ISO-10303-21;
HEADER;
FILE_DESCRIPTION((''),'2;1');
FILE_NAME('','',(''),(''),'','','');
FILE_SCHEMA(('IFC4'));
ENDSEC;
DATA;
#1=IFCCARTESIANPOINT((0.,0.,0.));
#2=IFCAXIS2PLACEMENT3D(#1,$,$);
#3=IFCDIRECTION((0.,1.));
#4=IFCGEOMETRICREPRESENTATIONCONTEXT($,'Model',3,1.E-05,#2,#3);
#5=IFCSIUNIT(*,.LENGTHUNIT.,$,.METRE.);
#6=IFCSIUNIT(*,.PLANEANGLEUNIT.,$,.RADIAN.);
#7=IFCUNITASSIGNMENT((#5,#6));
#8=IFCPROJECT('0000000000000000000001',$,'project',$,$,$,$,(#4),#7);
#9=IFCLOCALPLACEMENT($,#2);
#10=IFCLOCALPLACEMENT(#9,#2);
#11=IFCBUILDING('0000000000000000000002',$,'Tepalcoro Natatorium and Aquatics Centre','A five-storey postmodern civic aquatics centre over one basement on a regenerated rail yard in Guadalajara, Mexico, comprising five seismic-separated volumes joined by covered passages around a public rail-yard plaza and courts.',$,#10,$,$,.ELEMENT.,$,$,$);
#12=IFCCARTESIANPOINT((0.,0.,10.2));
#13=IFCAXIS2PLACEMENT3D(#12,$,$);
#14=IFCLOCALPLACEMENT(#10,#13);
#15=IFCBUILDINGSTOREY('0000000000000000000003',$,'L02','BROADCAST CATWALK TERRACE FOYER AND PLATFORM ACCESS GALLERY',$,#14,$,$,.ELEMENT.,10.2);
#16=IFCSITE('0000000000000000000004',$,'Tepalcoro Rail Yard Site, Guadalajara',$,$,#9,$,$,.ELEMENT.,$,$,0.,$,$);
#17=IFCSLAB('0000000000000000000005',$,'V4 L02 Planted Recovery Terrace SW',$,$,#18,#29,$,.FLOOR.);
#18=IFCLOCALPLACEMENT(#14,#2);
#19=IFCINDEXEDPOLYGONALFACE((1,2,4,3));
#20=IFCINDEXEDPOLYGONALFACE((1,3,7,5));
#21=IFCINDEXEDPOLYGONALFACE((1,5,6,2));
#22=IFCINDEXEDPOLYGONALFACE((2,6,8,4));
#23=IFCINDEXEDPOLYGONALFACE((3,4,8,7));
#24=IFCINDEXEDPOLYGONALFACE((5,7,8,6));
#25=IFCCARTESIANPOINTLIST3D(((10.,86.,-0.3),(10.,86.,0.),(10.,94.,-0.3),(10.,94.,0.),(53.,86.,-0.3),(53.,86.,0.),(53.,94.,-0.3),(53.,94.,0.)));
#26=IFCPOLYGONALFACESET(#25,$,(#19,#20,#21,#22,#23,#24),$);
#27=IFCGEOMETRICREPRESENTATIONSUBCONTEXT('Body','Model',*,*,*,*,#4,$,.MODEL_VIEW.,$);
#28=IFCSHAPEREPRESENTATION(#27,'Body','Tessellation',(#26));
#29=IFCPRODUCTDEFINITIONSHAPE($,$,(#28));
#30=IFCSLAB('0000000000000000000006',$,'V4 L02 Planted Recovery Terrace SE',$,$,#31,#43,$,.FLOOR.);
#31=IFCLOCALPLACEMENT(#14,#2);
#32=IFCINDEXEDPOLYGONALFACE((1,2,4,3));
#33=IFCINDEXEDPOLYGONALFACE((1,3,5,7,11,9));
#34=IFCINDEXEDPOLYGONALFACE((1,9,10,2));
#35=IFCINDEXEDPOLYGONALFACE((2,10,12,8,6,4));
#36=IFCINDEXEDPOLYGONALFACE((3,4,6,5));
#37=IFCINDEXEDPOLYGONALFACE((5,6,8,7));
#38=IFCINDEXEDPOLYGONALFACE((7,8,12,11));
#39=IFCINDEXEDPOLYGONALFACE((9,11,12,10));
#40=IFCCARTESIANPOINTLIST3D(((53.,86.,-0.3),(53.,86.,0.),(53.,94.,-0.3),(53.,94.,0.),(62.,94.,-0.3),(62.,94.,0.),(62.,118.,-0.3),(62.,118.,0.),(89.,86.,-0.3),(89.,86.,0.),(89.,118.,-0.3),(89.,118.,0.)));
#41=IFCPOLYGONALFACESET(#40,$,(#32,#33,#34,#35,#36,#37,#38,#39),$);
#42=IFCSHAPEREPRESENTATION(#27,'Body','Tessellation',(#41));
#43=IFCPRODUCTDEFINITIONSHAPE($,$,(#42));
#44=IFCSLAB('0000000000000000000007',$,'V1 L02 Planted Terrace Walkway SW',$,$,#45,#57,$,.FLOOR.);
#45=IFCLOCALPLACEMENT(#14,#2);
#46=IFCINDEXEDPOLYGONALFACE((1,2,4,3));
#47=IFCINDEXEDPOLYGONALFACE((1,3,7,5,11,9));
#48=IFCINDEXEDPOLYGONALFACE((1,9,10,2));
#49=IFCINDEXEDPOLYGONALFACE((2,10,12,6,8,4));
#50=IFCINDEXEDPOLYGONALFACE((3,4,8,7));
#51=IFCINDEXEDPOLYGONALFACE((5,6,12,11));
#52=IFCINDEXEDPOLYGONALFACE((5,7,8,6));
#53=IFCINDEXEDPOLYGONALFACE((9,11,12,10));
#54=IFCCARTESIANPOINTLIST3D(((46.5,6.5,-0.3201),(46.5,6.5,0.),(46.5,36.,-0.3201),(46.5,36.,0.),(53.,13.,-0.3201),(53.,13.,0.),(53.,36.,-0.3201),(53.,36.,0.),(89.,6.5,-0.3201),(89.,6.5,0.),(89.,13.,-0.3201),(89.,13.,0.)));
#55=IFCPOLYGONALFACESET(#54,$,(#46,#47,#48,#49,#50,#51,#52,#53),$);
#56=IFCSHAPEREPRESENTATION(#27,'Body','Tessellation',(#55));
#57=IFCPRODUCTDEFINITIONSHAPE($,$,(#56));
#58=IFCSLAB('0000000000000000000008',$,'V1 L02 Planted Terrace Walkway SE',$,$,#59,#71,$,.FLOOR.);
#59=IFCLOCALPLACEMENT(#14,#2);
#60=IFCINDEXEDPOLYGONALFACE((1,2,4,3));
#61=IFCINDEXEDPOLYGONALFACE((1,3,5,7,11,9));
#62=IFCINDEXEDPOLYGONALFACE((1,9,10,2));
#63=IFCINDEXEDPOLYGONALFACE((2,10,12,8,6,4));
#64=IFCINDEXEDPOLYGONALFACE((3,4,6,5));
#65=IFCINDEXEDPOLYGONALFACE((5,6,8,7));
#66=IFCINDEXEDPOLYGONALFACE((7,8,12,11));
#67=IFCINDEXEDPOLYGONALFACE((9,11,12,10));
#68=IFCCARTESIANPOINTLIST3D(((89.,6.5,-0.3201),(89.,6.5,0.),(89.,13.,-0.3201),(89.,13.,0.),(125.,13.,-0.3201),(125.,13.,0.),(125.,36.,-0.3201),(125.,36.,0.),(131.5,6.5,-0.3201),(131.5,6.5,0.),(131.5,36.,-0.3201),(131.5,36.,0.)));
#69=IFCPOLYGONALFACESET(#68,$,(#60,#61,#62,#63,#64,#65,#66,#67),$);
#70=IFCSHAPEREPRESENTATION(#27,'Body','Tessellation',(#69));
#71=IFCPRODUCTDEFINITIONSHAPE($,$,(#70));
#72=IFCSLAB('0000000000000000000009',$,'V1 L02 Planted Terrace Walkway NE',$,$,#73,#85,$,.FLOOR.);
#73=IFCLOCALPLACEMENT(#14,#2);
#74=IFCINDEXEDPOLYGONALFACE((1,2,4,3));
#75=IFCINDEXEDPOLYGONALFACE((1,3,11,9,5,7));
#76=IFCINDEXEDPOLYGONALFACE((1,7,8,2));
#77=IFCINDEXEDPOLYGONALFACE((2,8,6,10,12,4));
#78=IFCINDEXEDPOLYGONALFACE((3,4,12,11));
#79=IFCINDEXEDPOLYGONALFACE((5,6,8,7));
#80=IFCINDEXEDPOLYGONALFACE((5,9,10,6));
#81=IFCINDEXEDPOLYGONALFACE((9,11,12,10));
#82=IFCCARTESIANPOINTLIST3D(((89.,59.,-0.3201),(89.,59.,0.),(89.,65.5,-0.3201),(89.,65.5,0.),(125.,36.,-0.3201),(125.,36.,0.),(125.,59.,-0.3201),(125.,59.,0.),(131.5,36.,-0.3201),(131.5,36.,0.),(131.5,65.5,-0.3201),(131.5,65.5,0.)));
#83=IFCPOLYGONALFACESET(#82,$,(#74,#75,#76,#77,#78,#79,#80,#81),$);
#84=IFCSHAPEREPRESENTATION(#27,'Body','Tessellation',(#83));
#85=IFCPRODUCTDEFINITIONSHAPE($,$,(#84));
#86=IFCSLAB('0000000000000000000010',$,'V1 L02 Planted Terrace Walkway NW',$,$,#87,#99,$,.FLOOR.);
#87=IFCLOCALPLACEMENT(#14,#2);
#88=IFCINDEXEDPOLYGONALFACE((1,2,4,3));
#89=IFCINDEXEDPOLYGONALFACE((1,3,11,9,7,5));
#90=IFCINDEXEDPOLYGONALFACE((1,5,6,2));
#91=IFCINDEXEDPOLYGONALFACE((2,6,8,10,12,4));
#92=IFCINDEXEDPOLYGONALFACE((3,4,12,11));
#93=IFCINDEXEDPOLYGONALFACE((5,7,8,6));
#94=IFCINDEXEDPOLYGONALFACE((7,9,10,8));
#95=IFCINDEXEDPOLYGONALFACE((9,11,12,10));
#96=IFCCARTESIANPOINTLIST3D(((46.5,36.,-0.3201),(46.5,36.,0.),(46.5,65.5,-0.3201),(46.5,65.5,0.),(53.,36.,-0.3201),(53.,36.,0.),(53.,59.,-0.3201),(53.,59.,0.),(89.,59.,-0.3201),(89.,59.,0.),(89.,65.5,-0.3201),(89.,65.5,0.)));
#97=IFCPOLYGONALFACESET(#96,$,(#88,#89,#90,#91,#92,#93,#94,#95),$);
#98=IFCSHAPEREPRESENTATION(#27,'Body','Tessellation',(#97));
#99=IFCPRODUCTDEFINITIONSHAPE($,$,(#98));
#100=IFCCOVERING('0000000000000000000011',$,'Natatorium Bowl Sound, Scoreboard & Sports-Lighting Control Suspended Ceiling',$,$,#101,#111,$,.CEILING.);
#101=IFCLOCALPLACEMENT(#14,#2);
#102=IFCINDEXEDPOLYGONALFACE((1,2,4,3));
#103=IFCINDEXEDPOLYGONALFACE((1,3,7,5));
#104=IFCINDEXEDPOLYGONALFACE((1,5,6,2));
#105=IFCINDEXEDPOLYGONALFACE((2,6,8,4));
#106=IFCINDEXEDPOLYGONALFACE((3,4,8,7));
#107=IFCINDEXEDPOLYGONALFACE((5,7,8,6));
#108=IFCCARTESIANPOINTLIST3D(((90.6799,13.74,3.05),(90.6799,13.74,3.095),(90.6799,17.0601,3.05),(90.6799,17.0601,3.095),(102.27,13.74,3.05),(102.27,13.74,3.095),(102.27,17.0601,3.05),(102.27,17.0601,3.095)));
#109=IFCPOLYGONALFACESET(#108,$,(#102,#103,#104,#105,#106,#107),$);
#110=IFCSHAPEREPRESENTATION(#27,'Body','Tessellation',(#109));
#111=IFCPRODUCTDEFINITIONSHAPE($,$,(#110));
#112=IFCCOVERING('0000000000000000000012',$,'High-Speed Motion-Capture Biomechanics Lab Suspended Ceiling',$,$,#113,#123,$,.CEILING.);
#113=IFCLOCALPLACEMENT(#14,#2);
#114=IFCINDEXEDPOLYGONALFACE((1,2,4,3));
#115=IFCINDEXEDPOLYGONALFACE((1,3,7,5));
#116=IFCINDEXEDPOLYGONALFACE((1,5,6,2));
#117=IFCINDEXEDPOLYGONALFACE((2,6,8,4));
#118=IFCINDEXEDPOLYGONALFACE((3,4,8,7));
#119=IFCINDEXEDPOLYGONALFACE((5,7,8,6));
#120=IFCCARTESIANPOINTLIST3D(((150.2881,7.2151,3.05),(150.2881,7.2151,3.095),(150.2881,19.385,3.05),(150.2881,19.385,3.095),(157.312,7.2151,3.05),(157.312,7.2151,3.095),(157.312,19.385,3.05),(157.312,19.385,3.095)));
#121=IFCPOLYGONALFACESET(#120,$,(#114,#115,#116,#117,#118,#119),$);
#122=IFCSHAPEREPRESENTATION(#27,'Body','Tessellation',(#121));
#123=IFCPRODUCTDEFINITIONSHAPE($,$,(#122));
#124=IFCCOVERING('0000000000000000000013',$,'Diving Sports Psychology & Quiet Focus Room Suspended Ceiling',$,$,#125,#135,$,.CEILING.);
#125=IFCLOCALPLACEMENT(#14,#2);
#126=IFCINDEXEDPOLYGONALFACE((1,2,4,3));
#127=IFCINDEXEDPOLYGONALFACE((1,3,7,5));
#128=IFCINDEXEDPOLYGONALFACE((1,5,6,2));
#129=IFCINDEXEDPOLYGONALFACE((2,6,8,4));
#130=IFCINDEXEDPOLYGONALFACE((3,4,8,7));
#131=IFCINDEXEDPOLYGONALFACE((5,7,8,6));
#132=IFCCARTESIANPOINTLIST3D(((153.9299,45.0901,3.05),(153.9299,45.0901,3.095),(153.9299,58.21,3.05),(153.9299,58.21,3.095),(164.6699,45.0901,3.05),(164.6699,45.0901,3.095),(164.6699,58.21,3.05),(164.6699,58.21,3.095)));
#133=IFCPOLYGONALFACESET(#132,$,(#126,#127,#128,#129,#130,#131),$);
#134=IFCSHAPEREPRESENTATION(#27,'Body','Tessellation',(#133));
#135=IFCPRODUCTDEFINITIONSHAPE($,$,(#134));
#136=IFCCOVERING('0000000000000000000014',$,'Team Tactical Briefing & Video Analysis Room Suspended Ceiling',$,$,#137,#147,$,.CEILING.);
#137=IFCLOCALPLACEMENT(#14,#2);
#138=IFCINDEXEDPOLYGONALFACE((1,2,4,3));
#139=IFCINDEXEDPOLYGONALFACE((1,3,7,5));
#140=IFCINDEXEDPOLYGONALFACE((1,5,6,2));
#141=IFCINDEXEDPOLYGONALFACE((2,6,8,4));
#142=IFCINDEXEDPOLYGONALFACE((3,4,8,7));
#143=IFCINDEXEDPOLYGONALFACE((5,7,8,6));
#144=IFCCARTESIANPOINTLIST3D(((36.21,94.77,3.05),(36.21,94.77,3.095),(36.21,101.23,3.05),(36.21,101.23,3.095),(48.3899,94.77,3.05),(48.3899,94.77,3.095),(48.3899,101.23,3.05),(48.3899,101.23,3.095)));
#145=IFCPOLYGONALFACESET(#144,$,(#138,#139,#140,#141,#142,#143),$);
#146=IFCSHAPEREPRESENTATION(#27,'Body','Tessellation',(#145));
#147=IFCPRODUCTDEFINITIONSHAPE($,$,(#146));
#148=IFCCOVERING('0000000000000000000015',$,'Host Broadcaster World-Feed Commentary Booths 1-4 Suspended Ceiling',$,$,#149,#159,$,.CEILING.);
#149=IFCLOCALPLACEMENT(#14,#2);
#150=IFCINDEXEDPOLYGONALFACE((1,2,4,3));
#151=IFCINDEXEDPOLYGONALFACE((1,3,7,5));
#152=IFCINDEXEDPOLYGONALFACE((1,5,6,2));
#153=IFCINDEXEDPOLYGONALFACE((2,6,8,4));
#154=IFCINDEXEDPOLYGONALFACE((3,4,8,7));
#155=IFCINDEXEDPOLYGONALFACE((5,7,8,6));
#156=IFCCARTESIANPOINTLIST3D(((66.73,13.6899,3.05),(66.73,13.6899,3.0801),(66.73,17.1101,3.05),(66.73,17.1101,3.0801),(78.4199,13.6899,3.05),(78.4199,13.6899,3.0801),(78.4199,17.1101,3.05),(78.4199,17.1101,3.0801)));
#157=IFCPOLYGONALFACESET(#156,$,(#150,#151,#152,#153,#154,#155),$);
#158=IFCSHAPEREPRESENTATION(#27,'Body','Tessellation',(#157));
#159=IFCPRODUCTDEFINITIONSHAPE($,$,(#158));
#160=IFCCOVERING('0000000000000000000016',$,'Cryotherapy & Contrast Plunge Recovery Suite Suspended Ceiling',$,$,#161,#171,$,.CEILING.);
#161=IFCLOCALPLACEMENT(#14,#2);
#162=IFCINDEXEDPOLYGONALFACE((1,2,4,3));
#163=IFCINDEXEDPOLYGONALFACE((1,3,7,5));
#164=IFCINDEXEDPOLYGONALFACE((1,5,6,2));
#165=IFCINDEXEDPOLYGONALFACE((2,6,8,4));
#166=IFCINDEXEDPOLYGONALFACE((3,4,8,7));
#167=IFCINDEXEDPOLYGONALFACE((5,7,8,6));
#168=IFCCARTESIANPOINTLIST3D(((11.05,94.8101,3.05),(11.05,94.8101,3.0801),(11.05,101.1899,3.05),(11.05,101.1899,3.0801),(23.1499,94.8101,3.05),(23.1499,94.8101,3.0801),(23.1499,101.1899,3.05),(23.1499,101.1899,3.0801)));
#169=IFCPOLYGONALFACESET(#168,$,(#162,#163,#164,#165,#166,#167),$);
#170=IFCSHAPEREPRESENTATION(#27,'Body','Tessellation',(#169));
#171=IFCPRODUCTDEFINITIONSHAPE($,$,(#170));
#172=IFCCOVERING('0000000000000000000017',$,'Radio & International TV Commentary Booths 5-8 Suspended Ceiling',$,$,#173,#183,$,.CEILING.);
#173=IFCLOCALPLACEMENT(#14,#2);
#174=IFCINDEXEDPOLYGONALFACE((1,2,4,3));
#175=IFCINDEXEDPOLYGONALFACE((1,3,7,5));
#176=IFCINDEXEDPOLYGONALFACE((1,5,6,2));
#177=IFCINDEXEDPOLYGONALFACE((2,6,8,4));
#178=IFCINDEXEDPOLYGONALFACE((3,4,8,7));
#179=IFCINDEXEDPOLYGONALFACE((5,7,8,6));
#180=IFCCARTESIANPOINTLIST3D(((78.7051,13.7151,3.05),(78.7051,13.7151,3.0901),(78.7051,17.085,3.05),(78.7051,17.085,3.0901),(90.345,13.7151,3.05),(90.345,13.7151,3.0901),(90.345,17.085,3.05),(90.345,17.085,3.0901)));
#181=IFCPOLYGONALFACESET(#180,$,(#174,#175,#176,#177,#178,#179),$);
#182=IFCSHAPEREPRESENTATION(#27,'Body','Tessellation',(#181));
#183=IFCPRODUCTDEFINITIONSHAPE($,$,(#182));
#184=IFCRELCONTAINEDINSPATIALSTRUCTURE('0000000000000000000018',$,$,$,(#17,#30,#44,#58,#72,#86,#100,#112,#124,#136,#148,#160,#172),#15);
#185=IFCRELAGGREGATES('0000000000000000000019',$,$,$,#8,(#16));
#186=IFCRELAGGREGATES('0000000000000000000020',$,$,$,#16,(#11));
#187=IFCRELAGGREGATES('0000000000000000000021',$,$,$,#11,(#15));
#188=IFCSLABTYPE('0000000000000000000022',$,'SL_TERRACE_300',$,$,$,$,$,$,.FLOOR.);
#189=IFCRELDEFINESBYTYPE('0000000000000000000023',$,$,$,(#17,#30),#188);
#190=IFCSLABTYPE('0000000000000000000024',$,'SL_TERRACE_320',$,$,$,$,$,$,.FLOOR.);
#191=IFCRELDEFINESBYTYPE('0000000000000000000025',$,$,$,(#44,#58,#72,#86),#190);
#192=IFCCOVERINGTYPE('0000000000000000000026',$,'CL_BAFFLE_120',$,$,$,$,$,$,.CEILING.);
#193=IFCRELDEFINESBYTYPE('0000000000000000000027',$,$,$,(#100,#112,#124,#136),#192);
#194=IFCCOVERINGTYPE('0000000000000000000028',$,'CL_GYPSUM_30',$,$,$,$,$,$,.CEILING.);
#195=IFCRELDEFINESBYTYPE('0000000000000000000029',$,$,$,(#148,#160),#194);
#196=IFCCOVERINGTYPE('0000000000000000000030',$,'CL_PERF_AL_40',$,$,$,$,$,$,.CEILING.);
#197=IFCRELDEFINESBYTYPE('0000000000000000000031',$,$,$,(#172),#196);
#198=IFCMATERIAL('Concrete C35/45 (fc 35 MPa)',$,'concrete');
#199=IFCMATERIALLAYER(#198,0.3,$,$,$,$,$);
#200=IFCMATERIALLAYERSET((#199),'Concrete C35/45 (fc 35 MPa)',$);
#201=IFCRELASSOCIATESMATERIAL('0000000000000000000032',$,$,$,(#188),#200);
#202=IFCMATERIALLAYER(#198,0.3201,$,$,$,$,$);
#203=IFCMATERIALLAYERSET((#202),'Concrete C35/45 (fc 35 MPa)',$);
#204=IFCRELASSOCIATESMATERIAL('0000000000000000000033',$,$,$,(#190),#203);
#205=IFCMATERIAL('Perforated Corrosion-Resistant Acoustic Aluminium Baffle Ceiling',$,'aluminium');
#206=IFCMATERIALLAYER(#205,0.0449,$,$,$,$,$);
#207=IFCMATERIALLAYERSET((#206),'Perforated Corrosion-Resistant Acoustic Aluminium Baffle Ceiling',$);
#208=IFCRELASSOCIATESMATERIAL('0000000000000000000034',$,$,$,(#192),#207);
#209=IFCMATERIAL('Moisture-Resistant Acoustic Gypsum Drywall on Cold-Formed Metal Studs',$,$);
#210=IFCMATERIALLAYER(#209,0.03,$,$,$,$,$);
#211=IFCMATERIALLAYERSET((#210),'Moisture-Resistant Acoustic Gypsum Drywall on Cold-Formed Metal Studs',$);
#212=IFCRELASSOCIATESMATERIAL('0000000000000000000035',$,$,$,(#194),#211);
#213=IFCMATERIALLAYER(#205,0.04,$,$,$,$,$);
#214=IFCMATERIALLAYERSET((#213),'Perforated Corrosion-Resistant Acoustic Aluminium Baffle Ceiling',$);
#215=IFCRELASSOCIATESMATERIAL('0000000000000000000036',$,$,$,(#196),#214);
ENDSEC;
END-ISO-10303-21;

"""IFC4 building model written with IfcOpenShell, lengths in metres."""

from ifc_helpers import new_model, si_unit, direction, frame, origin, place, context, subcontext, project, spatial, polyline, outline, extrude, material, layer, layer_set, type_object, element, save


model = new_model("IFC4")

# Units and contexts
model_context = context("Model", 3, precision=1e-05, world=origin(), true_north=direction((0.0, 1.0)))
body_context = subcontext(model_context, "Body", "Model", "MODEL_VIEW")
ifc_project = project(units=[si_unit("LENGTHUNIT", "METRE"), si_unit("PLANEANGLEUNIT", "RADIAN")], contexts=[model_context])

# Site, building, storey
site_placement = place(None, origin())
site = spatial("IfcSite", under=ifc_project, at=site_placement, Name="Tepalcoro Rail Yard Site, Guadalajara", CompositionType="ELEMENT", RefElevation=0.0)
building_placement = place(site_placement, origin())
building = spatial("IfcBuilding", under=site, at=building_placement, Name="Tepalcoro Natatorium and Aquatics Centre", Description="A five-storey postmodern civic aquatics centre over one basement on a regenerated rail yard in Guadalajara, Mexico, comprising five seismic-separated volumes joined by covered passages around a public rail-yard plaza and courts.", CompositionType="ELEMENT")
storey_placement = place(building_placement, frame((0.0, 0.0, 10.2)))
storey = spatial("IfcBuildingStorey", under=building, at=storey_placement, Name="L02", Description="BROADCAST CATWALK TERRACE FOYER AND PLATFORM ACCESS GALLERY", CompositionType="ELEMENT", Elevation=10.2)

# Slabs
ifc_material_1 = material(Name="Concrete C35/45 (fc 35 MPa)", Category="concrete")
ifc_layer_1 = layer(ifc_material_1, 0.3)
ifc_layer_set_1 = layer_set([ifc_layer_1], Name="Concrete C35/45 (fc 35 MPa)")
slab_type_1 = type_object("IfcSlabType", Name="SL_TERRACE_300", PredefinedType="FLOOR", material=ifc_layer_set_1)
slab_1_placement = place(storey_placement, frame((0.0, 0.0, -0.3)))
element("IfcSlab", 1, at=slab_1_placement, inside=storey, type_object=slab_type_1, Name="V4 L02 Planted Recovery Terrace SW", PredefinedType="FLOOR", context=body_context, shape_type="SweptSolid", body=[
    extrude(outline(polyline([(10.0, 86.0), (10.0, 94.0), (53.0, 94.0), (53.0, 86.0), (10.0, 86.0)])), origin(), (0.0, 0.0, 1.0), 0.3),
])
slab_2_placement = place(storey_placement, frame((0.0, 0.0, -0.3)))
element("IfcSlab", 2, at=slab_2_placement, inside=storey, type_object=slab_type_1, Name="V4 L02 Planted Recovery Terrace SE", PredefinedType="FLOOR", context=body_context, shape_type="SweptSolid", body=[
    extrude(outline(polyline([(89.0, 86.0), (53.0, 86.0), (53.0, 94.0), (62.0, 94.0), (62.0, 118.0), (89.0, 118.0), (89.0, 86.0)])), origin(), (0.0, 0.0, 1.0), 0.3),
])
ifc_layer_2 = layer(ifc_material_1, 0.3201)
ifc_layer_set_2 = layer_set([ifc_layer_2], Name="Concrete C35/45 (fc 35 MPa)")
slab_type_2 = type_object("IfcSlabType", Name="SL_TERRACE_320", PredefinedType="FLOOR", material=ifc_layer_set_2)
slab_3_placement = place(storey_placement, frame((0.0, 0.0, -0.3201)))
element("IfcSlab", 3, at=slab_3_placement, inside=storey, type_object=slab_type_2, Name="V1 L02 Planted Terrace Walkway SW", PredefinedType="FLOOR", context=body_context, shape_type="SweptSolid", body=[
    extrude(outline(polyline([(46.5, 36.0), (53.0, 36.0), (53.0, 13.0), (89.0, 13.0), (89.0, 6.5), (46.5, 6.5), (46.5, 36.0)])), origin(), (0.0, 0.0, 1.0), 0.3201),
])
slab_4_placement = place(storey_placement, frame((0.0, 0.0, -0.3201)))
element("IfcSlab", 4, at=slab_4_placement, inside=storey, type_object=slab_type_2, Name="V1 L02 Planted Terrace Walkway SE", PredefinedType="FLOOR", context=body_context, shape_type="SweptSolid", body=[
    extrude(outline(polyline([(131.5, 6.5), (89.0, 6.5), (89.0, 13.0), (125.0, 13.0), (125.0, 36.0), (131.5, 36.0), (131.5, 6.5)])), origin(), (0.0, 0.0, 1.0), 0.3201),
])
slab_5_placement = place(storey_placement, frame((0.0, 0.0, -0.3201)))
element("IfcSlab", 5, at=slab_5_placement, inside=storey, type_object=slab_type_2, Name="V1 L02 Planted Terrace Walkway NE", PredefinedType="FLOOR", context=body_context, shape_type="SweptSolid", body=[
    extrude(outline(polyline([(131.5, 65.5), (131.5, 36.0), (125.0, 36.0), (125.0, 59.0), (89.0, 59.0), (89.0, 65.5), (131.5, 65.5)])), origin(), (0.0, 0.0, 1.0), 0.3201),
])
slab_6_placement = place(storey_placement, frame((0.0, 0.0, -0.3201)))
element("IfcSlab", 6, at=slab_6_placement, inside=storey, type_object=slab_type_2, Name="V1 L02 Planted Terrace Walkway NW", PredefinedType="FLOOR", context=body_context, shape_type="SweptSolid", body=[
    extrude(outline(polyline([(46.5, 65.5), (89.0, 65.5), (89.0, 59.0), (53.0, 59.0), (53.0, 36.0), (46.5, 36.0), (46.5, 65.5)])), origin(), (0.0, 0.0, 1.0), 0.3201),
])

# Coverings
ifc_material_2 = material(Name="Perforated Corrosion-Resistant Acoustic Aluminium Baffle Ceiling", Category="aluminium")
ifc_layer_3 = layer(ifc_material_2, 0.0449)
ifc_layer_set_3 = layer_set([ifc_layer_3], Name="Perforated Corrosion-Resistant Acoustic Aluminium Baffle Ceiling")
covering_type_1 = type_object("IfcCoveringType", Name="CL_BAFFLE_120", PredefinedType="CEILING", material=ifc_layer_set_3)
covering_1_placement = place(storey_placement, frame((0.0, 0.0, 3.05)))
element("IfcCovering", 7, at=covering_1_placement, inside=storey, type_object=covering_type_1, Name="Natatorium Bowl Sound, Scoreboard & Sports-Lighting Control Suspended Ceiling", PredefinedType="CEILING", context=body_context, shape_type="SweptSolid", body=[
    extrude(outline(polyline([(90.6799, 13.74), (90.6799, 17.0601), (102.27, 17.0601), (102.27, 13.74), (90.6799, 13.74)])), origin(), (0.0, 0.0, 1.0), 0.0449),
])
covering_2_placement = place(storey_placement, frame((0.0, 0.0, 3.05)))
element("IfcCovering", 8, at=covering_2_placement, inside=storey, type_object=covering_type_1, Name="High-Speed Motion-Capture Biomechanics Lab Suspended Ceiling", PredefinedType="CEILING", context=body_context, shape_type="SweptSolid", body=[
    extrude(outline(polyline([(150.2881, 7.2151), (150.2881, 19.385), (157.312, 19.385), (157.312, 7.2151), (150.2881, 7.2151)])), origin(), (0.0, 0.0, 1.0), 0.0449),
])
covering_3_placement = place(storey_placement, frame((0.0, 0.0, 3.05)))
element("IfcCovering", 9, at=covering_3_placement, inside=storey, type_object=covering_type_1, Name="Diving Sports Psychology & Quiet Focus Room Suspended Ceiling", PredefinedType="CEILING", context=body_context, shape_type="SweptSolid", body=[
    extrude(outline(polyline([(153.9299, 45.0901), (153.9299, 58.21), (164.6699, 58.21), (164.6699, 45.0901), (153.9299, 45.0901)])), origin(), (0.0, 0.0, 1.0), 0.0449),
])
covering_4_placement = place(storey_placement, frame((0.0, 0.0, 3.05)))
element("IfcCovering", 10, at=covering_4_placement, inside=storey, type_object=covering_type_1, Name="Team Tactical Briefing & Video Analysis Room Suspended Ceiling", PredefinedType="CEILING", context=body_context, shape_type="SweptSolid", body=[
    extrude(outline(polyline([(36.21, 94.77), (36.21, 101.23), (48.3899, 101.23), (48.3899, 94.77), (36.21, 94.77)])), origin(), (0.0, 0.0, 1.0), 0.0449),
])
ifc_material_3 = material(Name="Moisture-Resistant Acoustic Gypsum Drywall on Cold-Formed Metal Studs")
ifc_layer_4 = layer(ifc_material_3, 0.03)
ifc_layer_set_4 = layer_set([ifc_layer_4], Name="Moisture-Resistant Acoustic Gypsum Drywall on Cold-Formed Metal Studs")
covering_type_2 = type_object("IfcCoveringType", Name="CL_GYPSUM_30", PredefinedType="CEILING", material=ifc_layer_set_4)
covering_5_placement = place(storey_placement, frame((0.0, 0.0, 3.05)))
element("IfcCovering", 11, at=covering_5_placement, inside=storey, type_object=covering_type_2, Name="Host Broadcaster World-Feed Commentary Booths 1-4 Suspended Ceiling", PredefinedType="CEILING", context=body_context, shape_type="SweptSolid", body=[
    extrude(outline(polyline([(66.73, 13.6899), (66.73, 17.1101), (78.4199, 17.1101), (78.4199, 13.6899), (66.73, 13.6899)])), origin(), (0.0, 0.0, 1.0), 0.03),
])
covering_6_placement = place(storey_placement, frame((0.0, 0.0, 3.05)))
element("IfcCovering", 12, at=covering_6_placement, inside=storey, type_object=covering_type_2, Name="Cryotherapy & Contrast Plunge Recovery Suite Suspended Ceiling", PredefinedType="CEILING", context=body_context, shape_type="SweptSolid", body=[
    extrude(outline(polyline([(11.05, 94.8101), (11.05, 101.1899), (23.1499, 101.1899), (23.1499, 94.8101), (11.05, 94.8101)])), origin(), (0.0, 0.0, 1.0), 0.03),
])
ifc_layer_5 = layer(ifc_material_2, 0.04)
ifc_layer_set_5 = layer_set([ifc_layer_5], Name="Perforated Corrosion-Resistant Acoustic Aluminium Baffle Ceiling")
covering_type_3 = type_object("IfcCoveringType", Name="CL_PERF_AL_40", PredefinedType="CEILING", material=ifc_layer_set_5)
covering_7_placement = place(storey_placement, frame((0.0, 0.0, 3.05)))
element("IfcCovering", 13, at=covering_7_placement, inside=storey, type_object=covering_type_3, Name="Radio & International TV Commentary Booths 5-8 Suspended Ceiling", PredefinedType="CEILING", context=body_context, shape_type="SweptSolid", body=[
    extrude(outline(polyline([(78.7051, 13.7151), (78.7051, 17.085), (90.345, 17.085), (90.345, 13.7151), (78.7051, 13.7151)])), origin(), (0.0, 0.0, 1.0), 0.04),
])

save(model, "model.ifc")
